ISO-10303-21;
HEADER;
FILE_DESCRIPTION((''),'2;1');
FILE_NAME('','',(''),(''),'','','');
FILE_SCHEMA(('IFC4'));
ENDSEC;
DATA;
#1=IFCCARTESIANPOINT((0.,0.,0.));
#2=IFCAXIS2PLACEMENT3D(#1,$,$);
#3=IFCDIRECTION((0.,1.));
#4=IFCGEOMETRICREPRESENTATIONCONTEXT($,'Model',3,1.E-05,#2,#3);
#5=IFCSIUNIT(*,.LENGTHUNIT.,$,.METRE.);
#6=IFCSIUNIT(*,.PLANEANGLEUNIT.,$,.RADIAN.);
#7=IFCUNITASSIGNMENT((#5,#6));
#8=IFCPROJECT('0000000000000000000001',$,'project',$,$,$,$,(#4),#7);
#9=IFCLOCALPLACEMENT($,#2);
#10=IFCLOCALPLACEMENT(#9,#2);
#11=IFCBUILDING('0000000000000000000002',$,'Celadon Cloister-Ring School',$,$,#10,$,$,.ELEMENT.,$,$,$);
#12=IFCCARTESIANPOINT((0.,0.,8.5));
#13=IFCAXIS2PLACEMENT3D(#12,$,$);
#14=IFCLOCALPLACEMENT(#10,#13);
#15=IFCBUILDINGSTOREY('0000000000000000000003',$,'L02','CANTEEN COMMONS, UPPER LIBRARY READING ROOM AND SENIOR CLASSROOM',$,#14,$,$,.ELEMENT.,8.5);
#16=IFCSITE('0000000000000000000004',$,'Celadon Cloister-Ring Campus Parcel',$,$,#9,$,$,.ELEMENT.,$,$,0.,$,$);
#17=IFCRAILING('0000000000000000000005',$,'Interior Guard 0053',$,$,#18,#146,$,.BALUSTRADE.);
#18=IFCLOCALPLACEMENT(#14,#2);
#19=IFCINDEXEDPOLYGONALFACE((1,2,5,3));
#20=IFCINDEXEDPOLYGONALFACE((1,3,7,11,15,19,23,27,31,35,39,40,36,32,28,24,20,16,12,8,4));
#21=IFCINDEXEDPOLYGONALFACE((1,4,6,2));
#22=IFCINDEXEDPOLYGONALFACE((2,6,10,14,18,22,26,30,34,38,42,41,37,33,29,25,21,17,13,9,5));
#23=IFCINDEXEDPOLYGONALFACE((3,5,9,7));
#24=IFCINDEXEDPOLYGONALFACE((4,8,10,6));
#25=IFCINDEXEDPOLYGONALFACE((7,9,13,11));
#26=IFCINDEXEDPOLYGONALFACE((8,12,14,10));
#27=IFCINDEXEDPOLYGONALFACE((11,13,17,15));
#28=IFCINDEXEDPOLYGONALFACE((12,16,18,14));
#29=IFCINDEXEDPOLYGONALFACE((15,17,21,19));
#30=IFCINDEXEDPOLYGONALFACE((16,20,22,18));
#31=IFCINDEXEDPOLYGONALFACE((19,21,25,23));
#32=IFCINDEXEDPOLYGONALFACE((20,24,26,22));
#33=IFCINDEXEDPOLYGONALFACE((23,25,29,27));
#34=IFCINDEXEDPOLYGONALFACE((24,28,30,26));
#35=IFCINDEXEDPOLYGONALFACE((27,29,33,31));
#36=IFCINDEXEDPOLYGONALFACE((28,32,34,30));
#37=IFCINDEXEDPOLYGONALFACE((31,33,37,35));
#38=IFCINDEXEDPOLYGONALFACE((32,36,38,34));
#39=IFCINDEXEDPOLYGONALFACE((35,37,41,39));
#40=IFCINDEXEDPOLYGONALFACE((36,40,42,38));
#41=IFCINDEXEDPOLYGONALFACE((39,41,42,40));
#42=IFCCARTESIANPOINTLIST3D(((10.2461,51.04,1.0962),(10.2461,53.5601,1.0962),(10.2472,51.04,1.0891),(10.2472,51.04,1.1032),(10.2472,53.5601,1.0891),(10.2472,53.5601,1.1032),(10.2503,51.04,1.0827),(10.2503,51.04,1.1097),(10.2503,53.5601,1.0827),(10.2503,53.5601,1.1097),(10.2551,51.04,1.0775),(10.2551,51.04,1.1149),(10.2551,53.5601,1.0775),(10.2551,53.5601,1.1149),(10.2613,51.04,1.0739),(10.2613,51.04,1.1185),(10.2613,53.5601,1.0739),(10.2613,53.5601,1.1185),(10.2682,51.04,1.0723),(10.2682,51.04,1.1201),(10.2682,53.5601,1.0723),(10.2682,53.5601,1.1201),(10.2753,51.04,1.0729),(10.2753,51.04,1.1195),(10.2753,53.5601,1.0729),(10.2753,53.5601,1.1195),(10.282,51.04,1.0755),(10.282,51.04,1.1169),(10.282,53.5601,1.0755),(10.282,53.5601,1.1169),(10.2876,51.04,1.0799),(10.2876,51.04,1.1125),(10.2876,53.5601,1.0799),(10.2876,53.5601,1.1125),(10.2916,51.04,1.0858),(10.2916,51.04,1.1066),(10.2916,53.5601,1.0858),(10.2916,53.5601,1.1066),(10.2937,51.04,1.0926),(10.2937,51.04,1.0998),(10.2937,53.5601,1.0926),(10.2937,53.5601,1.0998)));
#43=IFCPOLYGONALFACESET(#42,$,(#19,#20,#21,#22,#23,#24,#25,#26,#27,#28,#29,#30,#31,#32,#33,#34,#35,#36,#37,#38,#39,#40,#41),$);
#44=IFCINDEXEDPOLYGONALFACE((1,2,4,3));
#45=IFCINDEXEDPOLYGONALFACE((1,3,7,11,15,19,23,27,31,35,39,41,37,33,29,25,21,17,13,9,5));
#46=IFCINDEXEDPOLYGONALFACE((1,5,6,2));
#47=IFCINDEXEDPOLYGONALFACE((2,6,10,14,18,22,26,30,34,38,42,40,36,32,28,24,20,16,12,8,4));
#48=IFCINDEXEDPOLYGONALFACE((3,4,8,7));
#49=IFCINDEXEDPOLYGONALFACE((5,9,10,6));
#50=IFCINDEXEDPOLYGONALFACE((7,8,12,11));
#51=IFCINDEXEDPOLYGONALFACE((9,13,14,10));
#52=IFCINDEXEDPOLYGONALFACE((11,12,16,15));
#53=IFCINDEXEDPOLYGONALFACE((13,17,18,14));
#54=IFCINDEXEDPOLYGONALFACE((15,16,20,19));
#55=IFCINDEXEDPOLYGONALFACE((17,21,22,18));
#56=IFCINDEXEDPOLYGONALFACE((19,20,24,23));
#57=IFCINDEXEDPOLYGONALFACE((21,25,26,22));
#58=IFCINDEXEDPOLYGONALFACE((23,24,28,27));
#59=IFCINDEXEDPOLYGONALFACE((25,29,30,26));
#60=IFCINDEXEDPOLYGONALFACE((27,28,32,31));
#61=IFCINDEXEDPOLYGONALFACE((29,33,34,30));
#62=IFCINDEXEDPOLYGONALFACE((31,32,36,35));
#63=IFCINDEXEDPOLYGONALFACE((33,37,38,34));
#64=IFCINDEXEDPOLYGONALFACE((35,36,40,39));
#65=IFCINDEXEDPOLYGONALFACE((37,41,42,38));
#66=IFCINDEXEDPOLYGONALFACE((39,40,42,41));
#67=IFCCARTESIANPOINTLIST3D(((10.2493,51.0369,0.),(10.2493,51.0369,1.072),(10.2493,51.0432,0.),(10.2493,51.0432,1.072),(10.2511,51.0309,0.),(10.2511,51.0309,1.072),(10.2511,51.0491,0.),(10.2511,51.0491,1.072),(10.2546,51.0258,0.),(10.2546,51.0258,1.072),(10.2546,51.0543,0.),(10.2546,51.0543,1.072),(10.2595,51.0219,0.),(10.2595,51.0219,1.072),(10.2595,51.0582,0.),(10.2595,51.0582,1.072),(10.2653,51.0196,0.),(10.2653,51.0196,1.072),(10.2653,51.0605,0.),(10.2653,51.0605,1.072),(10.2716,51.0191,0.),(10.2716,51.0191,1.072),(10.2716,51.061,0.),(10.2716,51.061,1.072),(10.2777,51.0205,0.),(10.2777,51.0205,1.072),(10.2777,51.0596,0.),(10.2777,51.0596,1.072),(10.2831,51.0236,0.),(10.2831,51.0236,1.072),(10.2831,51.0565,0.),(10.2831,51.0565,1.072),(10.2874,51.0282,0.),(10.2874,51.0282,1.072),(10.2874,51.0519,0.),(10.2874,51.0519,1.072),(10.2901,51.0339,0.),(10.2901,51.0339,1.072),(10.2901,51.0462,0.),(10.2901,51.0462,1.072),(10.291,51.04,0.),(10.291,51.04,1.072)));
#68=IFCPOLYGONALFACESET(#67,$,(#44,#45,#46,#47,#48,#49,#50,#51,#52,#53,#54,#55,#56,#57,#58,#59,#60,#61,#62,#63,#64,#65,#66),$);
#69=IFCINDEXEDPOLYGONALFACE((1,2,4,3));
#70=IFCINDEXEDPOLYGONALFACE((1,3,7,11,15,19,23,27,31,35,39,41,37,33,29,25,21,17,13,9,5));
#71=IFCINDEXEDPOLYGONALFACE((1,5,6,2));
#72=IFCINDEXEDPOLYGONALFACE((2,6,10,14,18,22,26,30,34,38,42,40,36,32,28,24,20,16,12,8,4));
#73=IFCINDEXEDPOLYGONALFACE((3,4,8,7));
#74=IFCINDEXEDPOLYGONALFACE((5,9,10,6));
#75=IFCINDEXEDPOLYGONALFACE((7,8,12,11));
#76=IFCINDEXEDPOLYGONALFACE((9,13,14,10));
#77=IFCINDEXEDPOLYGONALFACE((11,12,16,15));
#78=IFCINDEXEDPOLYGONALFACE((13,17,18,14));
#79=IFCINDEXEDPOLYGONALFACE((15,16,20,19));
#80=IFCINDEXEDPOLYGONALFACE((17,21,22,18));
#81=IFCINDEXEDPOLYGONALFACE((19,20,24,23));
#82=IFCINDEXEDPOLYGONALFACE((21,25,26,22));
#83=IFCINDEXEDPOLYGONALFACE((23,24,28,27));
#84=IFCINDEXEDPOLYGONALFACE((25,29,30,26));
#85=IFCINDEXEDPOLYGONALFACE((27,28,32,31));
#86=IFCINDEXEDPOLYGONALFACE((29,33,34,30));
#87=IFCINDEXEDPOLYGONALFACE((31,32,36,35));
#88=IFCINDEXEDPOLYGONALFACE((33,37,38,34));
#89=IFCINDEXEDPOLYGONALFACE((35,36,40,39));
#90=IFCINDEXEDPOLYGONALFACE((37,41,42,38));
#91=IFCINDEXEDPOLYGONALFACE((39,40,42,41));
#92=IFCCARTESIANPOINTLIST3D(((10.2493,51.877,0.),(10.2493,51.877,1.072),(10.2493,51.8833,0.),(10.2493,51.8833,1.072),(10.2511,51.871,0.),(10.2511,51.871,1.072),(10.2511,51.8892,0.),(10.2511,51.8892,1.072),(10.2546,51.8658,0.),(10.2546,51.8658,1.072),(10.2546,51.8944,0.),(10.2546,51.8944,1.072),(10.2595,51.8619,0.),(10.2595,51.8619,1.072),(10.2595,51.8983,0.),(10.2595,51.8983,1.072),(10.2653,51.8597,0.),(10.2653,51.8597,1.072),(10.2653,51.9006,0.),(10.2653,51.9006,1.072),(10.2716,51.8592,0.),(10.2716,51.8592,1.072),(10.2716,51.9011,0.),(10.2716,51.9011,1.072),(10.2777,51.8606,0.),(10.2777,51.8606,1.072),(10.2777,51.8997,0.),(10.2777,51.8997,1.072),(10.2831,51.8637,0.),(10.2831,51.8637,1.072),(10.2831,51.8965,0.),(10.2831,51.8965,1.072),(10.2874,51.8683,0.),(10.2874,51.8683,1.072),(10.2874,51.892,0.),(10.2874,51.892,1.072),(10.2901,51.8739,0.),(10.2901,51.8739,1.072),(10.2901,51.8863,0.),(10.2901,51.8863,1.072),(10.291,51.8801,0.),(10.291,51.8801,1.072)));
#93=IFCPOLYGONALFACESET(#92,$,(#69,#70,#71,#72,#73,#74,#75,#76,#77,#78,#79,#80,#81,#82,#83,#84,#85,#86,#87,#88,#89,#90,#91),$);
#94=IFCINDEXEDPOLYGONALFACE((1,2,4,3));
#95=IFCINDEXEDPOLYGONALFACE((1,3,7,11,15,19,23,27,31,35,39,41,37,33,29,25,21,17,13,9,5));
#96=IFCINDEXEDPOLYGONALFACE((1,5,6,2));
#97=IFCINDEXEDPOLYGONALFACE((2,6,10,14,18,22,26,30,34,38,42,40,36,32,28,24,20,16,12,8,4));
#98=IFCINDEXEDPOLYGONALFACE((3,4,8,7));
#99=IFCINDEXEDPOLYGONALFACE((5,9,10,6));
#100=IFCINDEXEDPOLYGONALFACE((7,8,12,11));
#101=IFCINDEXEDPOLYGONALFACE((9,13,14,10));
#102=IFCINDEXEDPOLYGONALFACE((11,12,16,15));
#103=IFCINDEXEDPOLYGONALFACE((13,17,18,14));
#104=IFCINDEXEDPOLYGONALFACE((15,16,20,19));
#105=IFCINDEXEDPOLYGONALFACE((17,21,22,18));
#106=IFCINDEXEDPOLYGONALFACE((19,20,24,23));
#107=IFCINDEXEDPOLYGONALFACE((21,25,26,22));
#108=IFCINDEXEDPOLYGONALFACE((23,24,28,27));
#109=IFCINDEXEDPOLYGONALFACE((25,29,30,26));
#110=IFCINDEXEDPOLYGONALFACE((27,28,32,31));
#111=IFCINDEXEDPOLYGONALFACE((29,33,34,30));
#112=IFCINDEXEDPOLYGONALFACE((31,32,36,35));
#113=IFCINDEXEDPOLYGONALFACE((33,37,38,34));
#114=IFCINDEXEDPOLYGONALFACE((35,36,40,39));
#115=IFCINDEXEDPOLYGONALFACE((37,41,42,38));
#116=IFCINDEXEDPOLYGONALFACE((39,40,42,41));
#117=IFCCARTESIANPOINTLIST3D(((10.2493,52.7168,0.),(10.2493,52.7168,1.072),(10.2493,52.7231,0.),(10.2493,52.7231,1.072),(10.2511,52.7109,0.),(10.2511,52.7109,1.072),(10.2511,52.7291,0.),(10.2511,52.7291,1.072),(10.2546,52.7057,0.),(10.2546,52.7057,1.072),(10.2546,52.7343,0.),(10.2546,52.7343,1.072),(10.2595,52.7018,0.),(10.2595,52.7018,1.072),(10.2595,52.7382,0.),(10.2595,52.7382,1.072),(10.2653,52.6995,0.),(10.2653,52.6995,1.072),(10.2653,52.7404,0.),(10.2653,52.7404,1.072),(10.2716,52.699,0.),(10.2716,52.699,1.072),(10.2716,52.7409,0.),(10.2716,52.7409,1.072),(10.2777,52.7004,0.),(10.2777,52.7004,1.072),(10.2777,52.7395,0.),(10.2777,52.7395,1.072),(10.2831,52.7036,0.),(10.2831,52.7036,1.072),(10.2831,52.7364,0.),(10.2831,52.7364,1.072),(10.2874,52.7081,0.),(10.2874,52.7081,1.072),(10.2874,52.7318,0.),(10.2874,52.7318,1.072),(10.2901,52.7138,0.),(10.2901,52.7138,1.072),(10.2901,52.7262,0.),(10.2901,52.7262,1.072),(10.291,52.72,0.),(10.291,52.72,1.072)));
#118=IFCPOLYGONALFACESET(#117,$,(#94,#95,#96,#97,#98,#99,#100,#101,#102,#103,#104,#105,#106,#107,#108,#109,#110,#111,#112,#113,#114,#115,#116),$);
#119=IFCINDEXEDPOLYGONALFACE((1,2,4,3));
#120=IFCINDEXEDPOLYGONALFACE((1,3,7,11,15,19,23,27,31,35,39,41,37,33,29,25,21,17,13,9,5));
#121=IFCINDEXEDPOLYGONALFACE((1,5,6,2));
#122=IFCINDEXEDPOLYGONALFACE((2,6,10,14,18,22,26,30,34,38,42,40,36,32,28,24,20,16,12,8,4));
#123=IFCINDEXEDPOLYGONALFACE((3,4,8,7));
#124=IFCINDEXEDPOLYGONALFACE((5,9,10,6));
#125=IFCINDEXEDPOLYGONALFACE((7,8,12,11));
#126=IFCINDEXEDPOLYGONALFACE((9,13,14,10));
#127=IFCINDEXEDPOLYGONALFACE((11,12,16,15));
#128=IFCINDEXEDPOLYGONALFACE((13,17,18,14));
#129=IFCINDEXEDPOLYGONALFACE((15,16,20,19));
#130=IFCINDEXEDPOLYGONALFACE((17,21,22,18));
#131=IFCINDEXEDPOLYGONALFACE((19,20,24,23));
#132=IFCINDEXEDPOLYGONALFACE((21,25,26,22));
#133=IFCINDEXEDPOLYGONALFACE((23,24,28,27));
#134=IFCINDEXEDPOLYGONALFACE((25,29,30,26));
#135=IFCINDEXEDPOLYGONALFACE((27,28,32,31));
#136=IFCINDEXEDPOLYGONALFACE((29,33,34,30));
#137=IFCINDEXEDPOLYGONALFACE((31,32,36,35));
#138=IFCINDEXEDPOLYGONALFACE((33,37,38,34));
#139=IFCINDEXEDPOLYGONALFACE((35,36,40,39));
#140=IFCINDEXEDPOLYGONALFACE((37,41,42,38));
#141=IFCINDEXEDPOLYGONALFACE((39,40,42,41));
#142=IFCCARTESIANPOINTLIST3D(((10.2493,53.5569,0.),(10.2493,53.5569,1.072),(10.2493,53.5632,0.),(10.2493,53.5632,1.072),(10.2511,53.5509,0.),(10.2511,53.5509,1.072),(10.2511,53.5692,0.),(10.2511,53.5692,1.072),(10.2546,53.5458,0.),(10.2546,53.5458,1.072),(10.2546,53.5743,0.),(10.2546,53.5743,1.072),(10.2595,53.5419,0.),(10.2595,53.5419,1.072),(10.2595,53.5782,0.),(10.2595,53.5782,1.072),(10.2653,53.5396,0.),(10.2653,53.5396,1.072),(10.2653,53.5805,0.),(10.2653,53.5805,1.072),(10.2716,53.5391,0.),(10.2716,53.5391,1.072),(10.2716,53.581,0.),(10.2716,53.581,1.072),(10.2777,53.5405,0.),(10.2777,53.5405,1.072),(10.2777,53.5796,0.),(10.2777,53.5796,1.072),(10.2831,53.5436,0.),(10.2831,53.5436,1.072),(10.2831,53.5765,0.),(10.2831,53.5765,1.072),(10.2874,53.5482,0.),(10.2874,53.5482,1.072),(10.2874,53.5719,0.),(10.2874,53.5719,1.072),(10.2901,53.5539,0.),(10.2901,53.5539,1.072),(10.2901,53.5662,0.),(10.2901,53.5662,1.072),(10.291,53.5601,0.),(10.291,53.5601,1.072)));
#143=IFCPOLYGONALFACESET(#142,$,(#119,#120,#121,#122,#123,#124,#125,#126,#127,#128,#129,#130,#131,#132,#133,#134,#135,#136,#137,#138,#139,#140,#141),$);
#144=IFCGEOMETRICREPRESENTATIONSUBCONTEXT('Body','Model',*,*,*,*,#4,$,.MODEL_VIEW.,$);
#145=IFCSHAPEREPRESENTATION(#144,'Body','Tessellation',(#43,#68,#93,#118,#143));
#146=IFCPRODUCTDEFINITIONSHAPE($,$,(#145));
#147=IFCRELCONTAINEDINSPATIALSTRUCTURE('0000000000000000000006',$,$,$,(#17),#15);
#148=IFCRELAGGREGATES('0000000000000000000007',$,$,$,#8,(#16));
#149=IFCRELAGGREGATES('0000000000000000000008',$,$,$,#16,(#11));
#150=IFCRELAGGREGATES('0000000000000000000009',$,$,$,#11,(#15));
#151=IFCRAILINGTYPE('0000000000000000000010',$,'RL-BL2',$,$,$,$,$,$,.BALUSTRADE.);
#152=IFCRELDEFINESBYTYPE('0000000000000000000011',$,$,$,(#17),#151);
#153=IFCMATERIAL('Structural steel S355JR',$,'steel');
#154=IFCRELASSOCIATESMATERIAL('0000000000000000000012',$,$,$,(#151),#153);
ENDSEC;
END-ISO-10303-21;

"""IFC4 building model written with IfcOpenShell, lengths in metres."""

from ifc_helpers import new_model, si_unit, direction, frame, origin, origin_2d, place, context, subcontext, project, spatial, circle, extrude, material, type_object, element, save


model = new_model("IFC4")

# Units and contexts
model_context = context("Model", 3, precision=1e-05, world=origin(), true_north=direction((0.0, 1.0)))
body_context = subcontext(model_context, "Body", "Model", "MODEL_VIEW")
ifc_project = project(units=[si_unit("LENGTHUNIT", "METRE"), si_unit("PLANEANGLEUNIT", "RADIAN")], contexts=[model_context])

# Site, building, storey
site_placement = place(None, origin())
site = spatial("IfcSite", under=ifc_project, at=site_placement, Name="Celadon Cloister-Ring Campus Parcel", CompositionType="ELEMENT", RefElevation=0.0)
building_placement = place(site_placement, origin())
building = spatial("IfcBuilding", under=site, at=building_placement, Name="Celadon Cloister-Ring School", CompositionType="ELEMENT")
storey_placement = place(building_placement, frame((0.0, 0.0, 8.5)))
storey = spatial("IfcBuildingStorey", under=building, at=storey_placement, Name="L02", Description="CANTEEN COMMONS, UPPER LIBRARY READING ROOM AND SENIOR CLASSROOM", CompositionType="ELEMENT", Elevation=8.5)

# Railing
ifc_material_1 = material(Name="Structural steel S355JR", Category="steel")
railing_type_1 = type_object("IfcRailingType", Name="RL-BL2", PredefinedType="BALUSTRADE", material=ifc_material_1)
railing_1_placement = place(storey_placement, frame((10.27, 51.04, 0.0)))
element("IfcRailing", 1, at=railing_1_placement, inside=storey, type_object=railing_type_1, Name="Interior Guard 0053", PredefinedType="BALUSTRADE", context=body_context, shape_type="SweptSolid", body=[
    extrude(circle(Radius=0.0239, at=origin_2d()), frame((0.0, 0.0, 1.0962), z_axis=(0.0, 1.0, 0.0), x_axis=(-1.0, 0.0, 0.0)), (0.0, 0.0, 1.0), 2.52),
    extrude(circle(Radius=0.021, at=origin_2d()), origin(), (0.0, 0.0, 1.0), 1.072),
    extrude(circle(Radius=0.021, at=origin_2d()), frame((0.0, 0.8401, 0.0)), (0.0, 0.0, 1.0), 1.072),
    extrude(circle(Radius=0.021, at=origin_2d()), frame((0.0, 1.6799, 0.0)), (0.0, 0.0, 1.0), 1.072),
    extrude(circle(Radius=0.021, at=origin_2d()), frame((0.0, 2.52, 0.0)), (0.0, 0.0, 1.0), 1.072),
])

save(model, "model.ifc")
